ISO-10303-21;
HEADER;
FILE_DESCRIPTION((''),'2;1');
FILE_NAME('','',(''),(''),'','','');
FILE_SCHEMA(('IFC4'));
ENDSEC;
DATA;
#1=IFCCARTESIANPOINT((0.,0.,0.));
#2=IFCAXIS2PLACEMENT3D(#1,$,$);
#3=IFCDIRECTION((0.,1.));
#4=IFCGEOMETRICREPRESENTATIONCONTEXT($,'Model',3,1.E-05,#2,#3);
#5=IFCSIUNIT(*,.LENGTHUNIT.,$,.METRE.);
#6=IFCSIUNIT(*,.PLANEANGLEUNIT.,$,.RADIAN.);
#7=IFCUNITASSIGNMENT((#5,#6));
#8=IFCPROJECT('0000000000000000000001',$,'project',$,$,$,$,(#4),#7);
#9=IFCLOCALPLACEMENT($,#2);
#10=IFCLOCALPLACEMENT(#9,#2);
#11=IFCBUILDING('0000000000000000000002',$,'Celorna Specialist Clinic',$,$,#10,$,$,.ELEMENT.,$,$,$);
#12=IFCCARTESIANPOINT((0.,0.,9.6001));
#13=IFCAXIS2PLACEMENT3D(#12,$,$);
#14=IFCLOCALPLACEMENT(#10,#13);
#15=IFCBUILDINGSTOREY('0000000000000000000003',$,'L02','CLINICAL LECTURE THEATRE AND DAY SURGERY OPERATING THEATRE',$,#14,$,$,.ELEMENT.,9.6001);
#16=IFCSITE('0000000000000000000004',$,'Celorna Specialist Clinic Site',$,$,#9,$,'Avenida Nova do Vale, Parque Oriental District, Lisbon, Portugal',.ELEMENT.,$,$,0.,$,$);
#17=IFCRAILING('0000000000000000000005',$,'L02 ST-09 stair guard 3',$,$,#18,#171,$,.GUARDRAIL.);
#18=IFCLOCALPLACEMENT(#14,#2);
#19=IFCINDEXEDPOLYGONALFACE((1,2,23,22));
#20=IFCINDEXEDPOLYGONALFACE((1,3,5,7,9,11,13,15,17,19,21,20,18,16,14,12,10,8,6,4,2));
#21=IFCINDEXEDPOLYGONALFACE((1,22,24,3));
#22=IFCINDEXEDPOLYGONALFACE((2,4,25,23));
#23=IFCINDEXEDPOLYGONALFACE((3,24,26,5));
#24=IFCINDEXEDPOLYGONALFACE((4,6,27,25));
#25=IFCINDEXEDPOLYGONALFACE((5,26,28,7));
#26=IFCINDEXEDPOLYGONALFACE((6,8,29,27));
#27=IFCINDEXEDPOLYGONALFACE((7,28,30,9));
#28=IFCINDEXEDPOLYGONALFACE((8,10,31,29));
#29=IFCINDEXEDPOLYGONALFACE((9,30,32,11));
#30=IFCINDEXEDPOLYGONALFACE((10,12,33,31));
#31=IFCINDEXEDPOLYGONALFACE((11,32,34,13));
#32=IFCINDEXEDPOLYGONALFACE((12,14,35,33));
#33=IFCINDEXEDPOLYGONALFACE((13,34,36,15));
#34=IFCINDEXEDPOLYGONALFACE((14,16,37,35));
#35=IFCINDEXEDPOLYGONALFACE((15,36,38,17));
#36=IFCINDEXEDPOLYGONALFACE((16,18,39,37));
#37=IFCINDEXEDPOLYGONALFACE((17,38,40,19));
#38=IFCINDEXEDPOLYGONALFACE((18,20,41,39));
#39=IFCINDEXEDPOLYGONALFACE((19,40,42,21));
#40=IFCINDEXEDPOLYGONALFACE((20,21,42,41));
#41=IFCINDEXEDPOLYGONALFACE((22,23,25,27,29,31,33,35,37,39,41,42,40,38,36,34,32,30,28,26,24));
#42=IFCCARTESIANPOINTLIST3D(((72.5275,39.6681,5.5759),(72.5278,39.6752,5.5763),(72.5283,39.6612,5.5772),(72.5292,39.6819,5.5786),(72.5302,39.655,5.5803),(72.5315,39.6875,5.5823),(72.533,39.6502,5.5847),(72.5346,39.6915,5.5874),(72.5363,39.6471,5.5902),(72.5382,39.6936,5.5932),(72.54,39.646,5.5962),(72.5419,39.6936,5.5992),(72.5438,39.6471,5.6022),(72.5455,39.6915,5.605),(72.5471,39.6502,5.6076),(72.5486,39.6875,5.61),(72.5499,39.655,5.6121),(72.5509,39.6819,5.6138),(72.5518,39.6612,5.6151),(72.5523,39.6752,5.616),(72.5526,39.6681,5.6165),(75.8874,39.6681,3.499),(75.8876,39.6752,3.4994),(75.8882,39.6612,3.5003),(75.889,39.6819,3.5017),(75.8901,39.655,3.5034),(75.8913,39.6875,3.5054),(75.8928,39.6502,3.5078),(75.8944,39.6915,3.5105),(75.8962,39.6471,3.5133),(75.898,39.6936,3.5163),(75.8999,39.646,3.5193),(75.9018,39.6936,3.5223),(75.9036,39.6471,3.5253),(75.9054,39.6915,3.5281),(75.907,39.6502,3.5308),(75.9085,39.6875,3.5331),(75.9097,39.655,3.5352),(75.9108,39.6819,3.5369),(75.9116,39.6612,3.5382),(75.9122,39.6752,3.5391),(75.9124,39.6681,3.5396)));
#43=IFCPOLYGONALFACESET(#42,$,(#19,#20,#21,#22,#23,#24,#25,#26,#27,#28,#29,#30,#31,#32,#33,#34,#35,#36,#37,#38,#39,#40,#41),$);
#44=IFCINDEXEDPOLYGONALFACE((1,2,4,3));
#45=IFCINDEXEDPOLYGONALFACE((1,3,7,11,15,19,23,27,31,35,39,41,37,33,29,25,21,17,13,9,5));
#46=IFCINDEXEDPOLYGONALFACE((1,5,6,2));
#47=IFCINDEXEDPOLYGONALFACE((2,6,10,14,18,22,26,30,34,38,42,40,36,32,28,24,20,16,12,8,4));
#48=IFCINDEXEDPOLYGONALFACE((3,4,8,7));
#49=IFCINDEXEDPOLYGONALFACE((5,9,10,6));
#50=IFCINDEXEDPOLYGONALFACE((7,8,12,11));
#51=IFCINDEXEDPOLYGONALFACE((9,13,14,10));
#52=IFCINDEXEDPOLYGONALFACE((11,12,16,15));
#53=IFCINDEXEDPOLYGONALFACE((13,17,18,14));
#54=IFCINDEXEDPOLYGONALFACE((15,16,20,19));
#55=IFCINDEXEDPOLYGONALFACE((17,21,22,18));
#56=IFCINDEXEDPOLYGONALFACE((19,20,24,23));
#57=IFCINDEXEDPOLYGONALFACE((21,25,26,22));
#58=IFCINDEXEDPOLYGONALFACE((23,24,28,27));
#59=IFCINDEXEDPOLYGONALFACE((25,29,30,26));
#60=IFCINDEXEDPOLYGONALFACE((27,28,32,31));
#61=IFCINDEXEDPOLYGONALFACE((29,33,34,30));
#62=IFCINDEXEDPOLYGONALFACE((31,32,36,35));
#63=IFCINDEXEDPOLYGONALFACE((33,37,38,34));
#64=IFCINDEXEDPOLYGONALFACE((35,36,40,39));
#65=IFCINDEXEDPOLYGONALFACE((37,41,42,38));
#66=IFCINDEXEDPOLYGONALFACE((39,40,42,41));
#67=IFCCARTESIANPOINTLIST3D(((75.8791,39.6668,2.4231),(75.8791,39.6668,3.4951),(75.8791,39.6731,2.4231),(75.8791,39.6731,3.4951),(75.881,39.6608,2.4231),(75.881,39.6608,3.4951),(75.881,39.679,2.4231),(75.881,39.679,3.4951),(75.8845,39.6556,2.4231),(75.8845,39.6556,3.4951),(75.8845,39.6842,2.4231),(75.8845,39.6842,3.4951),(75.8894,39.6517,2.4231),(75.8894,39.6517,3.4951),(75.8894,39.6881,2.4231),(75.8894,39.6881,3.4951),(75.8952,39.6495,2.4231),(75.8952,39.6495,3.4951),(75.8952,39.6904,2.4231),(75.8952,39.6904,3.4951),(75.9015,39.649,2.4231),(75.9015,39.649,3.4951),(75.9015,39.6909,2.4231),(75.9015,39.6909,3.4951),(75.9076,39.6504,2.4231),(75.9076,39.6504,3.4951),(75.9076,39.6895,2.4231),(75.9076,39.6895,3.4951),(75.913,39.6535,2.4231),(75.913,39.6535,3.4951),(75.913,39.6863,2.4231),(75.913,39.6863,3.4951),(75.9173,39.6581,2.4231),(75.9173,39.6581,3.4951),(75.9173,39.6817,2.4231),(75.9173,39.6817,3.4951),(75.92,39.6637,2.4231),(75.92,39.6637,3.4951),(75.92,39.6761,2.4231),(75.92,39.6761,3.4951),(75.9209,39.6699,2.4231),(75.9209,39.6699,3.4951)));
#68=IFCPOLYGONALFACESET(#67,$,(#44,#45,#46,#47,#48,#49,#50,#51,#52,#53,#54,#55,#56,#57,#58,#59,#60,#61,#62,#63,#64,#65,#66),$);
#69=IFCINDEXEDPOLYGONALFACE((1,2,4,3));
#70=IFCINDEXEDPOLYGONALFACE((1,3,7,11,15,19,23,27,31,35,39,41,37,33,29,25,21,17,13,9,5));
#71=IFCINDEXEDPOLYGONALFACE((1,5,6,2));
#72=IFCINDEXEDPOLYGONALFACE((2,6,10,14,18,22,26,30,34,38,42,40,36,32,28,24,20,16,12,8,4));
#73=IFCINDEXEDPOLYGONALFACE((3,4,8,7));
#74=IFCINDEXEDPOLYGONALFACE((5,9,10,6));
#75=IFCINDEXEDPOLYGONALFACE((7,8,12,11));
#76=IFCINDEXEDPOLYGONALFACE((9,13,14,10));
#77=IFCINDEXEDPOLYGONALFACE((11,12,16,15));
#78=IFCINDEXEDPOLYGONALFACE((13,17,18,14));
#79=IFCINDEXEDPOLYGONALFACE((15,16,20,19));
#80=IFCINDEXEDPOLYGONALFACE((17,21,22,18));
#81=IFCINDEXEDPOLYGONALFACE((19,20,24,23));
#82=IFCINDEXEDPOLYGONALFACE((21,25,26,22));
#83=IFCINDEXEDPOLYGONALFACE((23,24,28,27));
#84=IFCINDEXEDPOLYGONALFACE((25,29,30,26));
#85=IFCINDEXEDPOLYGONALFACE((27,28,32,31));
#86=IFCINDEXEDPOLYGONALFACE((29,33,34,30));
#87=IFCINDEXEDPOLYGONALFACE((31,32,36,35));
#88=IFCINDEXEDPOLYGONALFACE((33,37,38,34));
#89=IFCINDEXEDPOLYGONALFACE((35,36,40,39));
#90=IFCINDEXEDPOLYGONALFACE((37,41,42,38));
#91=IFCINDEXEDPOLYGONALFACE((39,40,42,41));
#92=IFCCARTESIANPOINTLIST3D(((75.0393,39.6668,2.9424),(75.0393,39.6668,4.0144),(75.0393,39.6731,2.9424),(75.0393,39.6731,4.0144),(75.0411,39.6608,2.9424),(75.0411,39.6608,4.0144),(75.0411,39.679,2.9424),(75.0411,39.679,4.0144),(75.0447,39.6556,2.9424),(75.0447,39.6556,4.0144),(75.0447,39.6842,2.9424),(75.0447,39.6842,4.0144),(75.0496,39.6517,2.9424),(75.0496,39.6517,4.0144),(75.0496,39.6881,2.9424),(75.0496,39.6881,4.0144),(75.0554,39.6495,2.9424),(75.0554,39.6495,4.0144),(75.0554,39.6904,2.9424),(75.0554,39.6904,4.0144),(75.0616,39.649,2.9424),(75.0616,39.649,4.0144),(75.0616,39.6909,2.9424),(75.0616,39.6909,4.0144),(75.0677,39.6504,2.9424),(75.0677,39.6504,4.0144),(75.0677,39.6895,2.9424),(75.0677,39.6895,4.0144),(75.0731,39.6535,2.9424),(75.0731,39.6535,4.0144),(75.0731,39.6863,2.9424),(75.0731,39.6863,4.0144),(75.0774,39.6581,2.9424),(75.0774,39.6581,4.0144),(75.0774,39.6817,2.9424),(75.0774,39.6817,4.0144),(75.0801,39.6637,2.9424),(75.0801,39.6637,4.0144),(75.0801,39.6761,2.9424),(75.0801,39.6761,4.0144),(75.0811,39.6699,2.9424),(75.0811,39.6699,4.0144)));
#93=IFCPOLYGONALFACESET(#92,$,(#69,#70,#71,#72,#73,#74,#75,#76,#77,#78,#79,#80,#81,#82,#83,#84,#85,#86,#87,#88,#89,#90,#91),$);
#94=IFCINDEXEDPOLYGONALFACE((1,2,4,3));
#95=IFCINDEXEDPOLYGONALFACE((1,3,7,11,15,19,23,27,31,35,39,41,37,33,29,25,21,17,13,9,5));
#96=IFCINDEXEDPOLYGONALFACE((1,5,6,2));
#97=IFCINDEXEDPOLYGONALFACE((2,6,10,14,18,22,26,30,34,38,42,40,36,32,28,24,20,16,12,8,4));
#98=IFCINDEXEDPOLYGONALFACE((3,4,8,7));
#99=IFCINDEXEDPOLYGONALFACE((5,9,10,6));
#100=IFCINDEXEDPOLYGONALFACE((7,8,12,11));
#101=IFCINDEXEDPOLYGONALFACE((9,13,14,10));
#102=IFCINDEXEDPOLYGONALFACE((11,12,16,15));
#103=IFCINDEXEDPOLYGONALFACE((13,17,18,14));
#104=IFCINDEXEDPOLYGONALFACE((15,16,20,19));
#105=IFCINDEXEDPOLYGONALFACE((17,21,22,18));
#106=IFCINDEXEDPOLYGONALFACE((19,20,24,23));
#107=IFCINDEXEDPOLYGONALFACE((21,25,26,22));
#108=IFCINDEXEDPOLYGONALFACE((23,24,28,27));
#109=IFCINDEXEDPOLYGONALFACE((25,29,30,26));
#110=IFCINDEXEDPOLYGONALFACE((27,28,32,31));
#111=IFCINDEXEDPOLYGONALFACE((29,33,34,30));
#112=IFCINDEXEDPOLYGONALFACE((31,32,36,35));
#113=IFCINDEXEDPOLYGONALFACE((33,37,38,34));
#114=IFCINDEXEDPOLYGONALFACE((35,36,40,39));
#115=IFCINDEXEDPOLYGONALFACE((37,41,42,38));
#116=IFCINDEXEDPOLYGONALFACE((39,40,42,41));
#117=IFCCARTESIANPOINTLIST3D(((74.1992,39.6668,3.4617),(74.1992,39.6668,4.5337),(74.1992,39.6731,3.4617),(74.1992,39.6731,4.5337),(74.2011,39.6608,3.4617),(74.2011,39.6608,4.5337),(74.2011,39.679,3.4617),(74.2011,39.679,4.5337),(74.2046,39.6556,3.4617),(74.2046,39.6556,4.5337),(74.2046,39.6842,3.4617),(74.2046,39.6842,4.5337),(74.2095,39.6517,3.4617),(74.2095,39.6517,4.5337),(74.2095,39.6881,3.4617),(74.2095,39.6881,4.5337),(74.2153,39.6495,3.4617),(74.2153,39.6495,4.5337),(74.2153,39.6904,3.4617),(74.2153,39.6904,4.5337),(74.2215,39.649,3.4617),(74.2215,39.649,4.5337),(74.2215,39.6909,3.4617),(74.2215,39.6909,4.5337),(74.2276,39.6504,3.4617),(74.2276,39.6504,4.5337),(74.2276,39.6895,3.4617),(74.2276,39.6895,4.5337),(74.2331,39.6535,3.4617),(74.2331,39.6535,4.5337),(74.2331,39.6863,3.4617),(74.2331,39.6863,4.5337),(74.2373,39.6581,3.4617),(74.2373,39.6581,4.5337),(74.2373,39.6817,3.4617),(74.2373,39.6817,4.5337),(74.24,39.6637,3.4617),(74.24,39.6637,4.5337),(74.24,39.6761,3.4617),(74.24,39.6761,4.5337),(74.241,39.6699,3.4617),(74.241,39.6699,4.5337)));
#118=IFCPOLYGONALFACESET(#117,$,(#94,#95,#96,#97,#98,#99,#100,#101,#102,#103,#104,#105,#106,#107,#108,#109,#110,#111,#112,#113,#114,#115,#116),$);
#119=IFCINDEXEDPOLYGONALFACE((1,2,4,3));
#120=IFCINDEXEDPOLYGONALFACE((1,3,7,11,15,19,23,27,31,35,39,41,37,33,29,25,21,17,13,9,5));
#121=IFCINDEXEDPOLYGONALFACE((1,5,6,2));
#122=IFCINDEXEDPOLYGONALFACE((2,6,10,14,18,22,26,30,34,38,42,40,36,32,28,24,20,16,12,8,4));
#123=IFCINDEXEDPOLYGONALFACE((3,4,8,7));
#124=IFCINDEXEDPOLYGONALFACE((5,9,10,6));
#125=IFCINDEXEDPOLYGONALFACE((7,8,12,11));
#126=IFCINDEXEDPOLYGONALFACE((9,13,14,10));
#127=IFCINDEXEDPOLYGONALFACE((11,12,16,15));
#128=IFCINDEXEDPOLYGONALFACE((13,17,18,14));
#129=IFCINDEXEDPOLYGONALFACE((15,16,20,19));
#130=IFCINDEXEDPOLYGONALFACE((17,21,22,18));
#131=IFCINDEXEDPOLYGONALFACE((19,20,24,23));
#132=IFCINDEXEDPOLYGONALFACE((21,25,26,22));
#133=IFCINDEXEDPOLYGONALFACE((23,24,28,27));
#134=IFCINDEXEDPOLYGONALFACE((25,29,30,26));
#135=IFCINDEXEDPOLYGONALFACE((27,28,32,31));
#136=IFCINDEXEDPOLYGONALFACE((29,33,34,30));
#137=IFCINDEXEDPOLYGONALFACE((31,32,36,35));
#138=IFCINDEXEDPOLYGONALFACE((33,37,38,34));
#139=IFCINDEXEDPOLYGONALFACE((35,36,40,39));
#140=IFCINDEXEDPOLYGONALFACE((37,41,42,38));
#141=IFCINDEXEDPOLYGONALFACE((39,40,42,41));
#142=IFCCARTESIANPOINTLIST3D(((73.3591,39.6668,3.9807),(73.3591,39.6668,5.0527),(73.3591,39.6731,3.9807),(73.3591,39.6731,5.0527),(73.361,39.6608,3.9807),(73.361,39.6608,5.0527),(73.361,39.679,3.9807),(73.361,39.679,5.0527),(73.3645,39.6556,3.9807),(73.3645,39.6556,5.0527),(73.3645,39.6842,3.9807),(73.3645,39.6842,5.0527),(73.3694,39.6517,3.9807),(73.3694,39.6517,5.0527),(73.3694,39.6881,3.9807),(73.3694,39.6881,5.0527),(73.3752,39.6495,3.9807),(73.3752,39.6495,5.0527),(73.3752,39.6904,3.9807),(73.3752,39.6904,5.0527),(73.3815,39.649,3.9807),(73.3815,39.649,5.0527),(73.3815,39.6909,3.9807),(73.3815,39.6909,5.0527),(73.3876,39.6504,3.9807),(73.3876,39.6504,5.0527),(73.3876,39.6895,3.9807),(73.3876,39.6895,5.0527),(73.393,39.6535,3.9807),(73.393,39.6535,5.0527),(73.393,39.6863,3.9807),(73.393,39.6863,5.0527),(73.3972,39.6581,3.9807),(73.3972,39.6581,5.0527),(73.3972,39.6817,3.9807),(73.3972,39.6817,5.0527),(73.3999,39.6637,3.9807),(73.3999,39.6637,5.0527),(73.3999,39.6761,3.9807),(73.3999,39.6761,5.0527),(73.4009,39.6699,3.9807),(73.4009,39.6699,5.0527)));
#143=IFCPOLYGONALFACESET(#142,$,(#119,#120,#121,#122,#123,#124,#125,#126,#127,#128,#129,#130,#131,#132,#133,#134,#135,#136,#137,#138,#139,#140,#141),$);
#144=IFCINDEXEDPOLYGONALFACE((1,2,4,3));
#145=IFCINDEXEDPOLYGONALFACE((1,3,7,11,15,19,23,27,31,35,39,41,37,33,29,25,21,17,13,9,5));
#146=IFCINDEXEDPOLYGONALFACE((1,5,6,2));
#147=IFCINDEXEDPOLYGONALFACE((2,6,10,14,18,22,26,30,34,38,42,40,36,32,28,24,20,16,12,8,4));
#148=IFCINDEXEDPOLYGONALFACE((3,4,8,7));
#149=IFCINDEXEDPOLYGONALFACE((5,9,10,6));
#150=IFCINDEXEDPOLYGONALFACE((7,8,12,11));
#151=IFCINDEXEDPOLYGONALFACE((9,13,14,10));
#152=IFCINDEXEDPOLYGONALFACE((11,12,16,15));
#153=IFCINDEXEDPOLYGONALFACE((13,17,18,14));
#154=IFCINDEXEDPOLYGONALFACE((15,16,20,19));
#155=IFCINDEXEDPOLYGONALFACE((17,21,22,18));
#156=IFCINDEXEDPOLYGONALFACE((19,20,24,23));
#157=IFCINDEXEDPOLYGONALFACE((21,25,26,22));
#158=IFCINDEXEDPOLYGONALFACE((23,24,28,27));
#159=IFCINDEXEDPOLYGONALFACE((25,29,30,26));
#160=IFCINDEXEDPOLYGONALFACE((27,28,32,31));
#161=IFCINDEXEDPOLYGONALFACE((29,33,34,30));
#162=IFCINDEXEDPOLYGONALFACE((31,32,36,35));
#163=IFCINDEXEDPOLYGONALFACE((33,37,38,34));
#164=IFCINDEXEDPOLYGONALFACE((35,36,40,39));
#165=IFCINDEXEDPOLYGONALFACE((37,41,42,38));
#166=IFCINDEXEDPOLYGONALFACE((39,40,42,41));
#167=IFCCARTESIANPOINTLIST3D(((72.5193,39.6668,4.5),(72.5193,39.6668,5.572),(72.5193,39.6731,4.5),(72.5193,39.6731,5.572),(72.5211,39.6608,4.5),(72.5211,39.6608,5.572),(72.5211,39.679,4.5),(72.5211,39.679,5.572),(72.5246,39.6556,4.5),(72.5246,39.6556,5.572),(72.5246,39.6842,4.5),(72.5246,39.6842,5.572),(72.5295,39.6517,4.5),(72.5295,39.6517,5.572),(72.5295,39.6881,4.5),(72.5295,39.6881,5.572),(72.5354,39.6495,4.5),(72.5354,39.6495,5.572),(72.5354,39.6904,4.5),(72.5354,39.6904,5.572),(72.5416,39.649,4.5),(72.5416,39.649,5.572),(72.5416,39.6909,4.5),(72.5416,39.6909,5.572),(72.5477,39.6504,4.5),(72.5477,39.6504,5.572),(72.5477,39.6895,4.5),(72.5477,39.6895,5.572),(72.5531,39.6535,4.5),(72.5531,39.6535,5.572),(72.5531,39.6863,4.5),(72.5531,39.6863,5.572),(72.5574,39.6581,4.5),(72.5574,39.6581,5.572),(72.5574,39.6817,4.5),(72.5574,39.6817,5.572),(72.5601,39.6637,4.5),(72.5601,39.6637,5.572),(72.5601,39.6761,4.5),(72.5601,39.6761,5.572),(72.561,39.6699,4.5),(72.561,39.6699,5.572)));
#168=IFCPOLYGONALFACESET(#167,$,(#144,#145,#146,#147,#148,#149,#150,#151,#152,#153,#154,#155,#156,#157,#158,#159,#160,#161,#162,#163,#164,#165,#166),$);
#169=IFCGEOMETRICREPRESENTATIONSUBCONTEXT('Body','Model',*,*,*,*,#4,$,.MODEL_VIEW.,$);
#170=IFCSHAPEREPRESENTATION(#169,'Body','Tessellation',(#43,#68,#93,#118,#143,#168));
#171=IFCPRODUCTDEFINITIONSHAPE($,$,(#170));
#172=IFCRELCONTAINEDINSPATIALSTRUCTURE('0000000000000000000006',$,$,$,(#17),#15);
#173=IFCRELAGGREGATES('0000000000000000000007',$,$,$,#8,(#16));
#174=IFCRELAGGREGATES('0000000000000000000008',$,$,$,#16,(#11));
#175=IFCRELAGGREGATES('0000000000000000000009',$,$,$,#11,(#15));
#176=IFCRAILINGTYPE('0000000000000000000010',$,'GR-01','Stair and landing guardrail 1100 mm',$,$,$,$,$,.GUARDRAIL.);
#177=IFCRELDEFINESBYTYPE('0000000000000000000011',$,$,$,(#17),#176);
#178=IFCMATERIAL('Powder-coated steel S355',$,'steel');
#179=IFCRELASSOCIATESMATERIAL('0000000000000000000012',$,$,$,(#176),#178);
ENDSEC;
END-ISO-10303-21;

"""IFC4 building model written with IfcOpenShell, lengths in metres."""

from ifc_helpers import new_model, si_unit, direction, frame, origin, origin_2d, place, context, subcontext, project, spatial, circle, extrude, material, type_object, element, save


model = new_model("IFC4")

# Units and contexts
model_context = context("Model", 3, precision=1e-05, world=origin(), true_north=direction((0.0, 1.0)))
body_context = subcontext(model_context, "Body", "Model", "MODEL_VIEW")
ifc_project = project(units=[si_unit("LENGTHUNIT", "METRE"), si_unit("PLANEANGLEUNIT", "RADIAN")], contexts=[model_context])

# Site, building, storey
site_placement = place(None, origin())
site = spatial("IfcSite", under=ifc_project, at=site_placement, Name="Celorna Specialist Clinic Site", LongName="Avenida Nova do Vale, Parque Oriental District, Lisbon, Portugal", CompositionType="ELEMENT", RefElevation=0.0)
building_placement = place(site_placement, origin())
building = spatial("IfcBuilding", under=site, at=building_placement, Name="Celorna Specialist Clinic", CompositionType="ELEMENT")
storey_placement = place(building_placement, frame((0.0, 0.0, 9.6001)))
storey = spatial("IfcBuildingStorey", under=building, at=storey_placement, Name="L02", Description="CLINICAL LECTURE THEATRE AND DAY SURGERY OPERATING THEATRE", CompositionType="ELEMENT", Elevation=9.6001)

# Railing
ifc_material_1 = material(Name="Powder-coated steel S355", Category="steel")
railing_type_1 = type_object("IfcRailingType", Name="GR-01", Description="Stair and landing guardrail 1100 mm", PredefinedType="GUARDRAIL", material=ifc_material_1)
railing_1_placement = place(storey_placement, frame((75.8999, 39.6699, 2.4231)))
element("IfcRailing", 1, at=railing_1_placement, inside=storey, type_object=railing_type_1, Name="L02 ST-09 stair guard 3", PredefinedType="GUARDRAIL", context=body_context, shape_type="SweptSolid", body=[
    extrude(circle(Radius=0.0239, at=origin_2d()), frame((0.0, 0.0, 1.0962), z_axis=(-0.850606, 0.0, 0.525803), x_axis=(0.0, -1.0, 0.0)), (0.0, 0.0, 1.0), 3.95),
    extrude(circle(Radius=0.021, at=origin_2d()), origin(), (0.0, 0.0, 1.0), 1.072),
    extrude(circle(Radius=0.021, at=origin_2d()), frame((-0.8398, 0.0, 0.5193)), (0.0, 0.0, 1.0), 1.072),
    extrude(circle(Radius=0.021, at=origin_2d()), frame((-1.6799, 0.0, 1.0386)), (0.0, 0.0, 1.0), 1.072),
    extrude(circle(Radius=0.021, at=origin_2d()), frame((-2.52, 0.0, 1.5576)), (0.0, 0.0, 1.0), 1.072),
    extrude(circle(Radius=0.021, at=origin_2d()), frame((-3.3599, 0.0, 2.0769)), (0.0, 0.0, 1.0), 1.072),
])

save(model, "model.ifc")
